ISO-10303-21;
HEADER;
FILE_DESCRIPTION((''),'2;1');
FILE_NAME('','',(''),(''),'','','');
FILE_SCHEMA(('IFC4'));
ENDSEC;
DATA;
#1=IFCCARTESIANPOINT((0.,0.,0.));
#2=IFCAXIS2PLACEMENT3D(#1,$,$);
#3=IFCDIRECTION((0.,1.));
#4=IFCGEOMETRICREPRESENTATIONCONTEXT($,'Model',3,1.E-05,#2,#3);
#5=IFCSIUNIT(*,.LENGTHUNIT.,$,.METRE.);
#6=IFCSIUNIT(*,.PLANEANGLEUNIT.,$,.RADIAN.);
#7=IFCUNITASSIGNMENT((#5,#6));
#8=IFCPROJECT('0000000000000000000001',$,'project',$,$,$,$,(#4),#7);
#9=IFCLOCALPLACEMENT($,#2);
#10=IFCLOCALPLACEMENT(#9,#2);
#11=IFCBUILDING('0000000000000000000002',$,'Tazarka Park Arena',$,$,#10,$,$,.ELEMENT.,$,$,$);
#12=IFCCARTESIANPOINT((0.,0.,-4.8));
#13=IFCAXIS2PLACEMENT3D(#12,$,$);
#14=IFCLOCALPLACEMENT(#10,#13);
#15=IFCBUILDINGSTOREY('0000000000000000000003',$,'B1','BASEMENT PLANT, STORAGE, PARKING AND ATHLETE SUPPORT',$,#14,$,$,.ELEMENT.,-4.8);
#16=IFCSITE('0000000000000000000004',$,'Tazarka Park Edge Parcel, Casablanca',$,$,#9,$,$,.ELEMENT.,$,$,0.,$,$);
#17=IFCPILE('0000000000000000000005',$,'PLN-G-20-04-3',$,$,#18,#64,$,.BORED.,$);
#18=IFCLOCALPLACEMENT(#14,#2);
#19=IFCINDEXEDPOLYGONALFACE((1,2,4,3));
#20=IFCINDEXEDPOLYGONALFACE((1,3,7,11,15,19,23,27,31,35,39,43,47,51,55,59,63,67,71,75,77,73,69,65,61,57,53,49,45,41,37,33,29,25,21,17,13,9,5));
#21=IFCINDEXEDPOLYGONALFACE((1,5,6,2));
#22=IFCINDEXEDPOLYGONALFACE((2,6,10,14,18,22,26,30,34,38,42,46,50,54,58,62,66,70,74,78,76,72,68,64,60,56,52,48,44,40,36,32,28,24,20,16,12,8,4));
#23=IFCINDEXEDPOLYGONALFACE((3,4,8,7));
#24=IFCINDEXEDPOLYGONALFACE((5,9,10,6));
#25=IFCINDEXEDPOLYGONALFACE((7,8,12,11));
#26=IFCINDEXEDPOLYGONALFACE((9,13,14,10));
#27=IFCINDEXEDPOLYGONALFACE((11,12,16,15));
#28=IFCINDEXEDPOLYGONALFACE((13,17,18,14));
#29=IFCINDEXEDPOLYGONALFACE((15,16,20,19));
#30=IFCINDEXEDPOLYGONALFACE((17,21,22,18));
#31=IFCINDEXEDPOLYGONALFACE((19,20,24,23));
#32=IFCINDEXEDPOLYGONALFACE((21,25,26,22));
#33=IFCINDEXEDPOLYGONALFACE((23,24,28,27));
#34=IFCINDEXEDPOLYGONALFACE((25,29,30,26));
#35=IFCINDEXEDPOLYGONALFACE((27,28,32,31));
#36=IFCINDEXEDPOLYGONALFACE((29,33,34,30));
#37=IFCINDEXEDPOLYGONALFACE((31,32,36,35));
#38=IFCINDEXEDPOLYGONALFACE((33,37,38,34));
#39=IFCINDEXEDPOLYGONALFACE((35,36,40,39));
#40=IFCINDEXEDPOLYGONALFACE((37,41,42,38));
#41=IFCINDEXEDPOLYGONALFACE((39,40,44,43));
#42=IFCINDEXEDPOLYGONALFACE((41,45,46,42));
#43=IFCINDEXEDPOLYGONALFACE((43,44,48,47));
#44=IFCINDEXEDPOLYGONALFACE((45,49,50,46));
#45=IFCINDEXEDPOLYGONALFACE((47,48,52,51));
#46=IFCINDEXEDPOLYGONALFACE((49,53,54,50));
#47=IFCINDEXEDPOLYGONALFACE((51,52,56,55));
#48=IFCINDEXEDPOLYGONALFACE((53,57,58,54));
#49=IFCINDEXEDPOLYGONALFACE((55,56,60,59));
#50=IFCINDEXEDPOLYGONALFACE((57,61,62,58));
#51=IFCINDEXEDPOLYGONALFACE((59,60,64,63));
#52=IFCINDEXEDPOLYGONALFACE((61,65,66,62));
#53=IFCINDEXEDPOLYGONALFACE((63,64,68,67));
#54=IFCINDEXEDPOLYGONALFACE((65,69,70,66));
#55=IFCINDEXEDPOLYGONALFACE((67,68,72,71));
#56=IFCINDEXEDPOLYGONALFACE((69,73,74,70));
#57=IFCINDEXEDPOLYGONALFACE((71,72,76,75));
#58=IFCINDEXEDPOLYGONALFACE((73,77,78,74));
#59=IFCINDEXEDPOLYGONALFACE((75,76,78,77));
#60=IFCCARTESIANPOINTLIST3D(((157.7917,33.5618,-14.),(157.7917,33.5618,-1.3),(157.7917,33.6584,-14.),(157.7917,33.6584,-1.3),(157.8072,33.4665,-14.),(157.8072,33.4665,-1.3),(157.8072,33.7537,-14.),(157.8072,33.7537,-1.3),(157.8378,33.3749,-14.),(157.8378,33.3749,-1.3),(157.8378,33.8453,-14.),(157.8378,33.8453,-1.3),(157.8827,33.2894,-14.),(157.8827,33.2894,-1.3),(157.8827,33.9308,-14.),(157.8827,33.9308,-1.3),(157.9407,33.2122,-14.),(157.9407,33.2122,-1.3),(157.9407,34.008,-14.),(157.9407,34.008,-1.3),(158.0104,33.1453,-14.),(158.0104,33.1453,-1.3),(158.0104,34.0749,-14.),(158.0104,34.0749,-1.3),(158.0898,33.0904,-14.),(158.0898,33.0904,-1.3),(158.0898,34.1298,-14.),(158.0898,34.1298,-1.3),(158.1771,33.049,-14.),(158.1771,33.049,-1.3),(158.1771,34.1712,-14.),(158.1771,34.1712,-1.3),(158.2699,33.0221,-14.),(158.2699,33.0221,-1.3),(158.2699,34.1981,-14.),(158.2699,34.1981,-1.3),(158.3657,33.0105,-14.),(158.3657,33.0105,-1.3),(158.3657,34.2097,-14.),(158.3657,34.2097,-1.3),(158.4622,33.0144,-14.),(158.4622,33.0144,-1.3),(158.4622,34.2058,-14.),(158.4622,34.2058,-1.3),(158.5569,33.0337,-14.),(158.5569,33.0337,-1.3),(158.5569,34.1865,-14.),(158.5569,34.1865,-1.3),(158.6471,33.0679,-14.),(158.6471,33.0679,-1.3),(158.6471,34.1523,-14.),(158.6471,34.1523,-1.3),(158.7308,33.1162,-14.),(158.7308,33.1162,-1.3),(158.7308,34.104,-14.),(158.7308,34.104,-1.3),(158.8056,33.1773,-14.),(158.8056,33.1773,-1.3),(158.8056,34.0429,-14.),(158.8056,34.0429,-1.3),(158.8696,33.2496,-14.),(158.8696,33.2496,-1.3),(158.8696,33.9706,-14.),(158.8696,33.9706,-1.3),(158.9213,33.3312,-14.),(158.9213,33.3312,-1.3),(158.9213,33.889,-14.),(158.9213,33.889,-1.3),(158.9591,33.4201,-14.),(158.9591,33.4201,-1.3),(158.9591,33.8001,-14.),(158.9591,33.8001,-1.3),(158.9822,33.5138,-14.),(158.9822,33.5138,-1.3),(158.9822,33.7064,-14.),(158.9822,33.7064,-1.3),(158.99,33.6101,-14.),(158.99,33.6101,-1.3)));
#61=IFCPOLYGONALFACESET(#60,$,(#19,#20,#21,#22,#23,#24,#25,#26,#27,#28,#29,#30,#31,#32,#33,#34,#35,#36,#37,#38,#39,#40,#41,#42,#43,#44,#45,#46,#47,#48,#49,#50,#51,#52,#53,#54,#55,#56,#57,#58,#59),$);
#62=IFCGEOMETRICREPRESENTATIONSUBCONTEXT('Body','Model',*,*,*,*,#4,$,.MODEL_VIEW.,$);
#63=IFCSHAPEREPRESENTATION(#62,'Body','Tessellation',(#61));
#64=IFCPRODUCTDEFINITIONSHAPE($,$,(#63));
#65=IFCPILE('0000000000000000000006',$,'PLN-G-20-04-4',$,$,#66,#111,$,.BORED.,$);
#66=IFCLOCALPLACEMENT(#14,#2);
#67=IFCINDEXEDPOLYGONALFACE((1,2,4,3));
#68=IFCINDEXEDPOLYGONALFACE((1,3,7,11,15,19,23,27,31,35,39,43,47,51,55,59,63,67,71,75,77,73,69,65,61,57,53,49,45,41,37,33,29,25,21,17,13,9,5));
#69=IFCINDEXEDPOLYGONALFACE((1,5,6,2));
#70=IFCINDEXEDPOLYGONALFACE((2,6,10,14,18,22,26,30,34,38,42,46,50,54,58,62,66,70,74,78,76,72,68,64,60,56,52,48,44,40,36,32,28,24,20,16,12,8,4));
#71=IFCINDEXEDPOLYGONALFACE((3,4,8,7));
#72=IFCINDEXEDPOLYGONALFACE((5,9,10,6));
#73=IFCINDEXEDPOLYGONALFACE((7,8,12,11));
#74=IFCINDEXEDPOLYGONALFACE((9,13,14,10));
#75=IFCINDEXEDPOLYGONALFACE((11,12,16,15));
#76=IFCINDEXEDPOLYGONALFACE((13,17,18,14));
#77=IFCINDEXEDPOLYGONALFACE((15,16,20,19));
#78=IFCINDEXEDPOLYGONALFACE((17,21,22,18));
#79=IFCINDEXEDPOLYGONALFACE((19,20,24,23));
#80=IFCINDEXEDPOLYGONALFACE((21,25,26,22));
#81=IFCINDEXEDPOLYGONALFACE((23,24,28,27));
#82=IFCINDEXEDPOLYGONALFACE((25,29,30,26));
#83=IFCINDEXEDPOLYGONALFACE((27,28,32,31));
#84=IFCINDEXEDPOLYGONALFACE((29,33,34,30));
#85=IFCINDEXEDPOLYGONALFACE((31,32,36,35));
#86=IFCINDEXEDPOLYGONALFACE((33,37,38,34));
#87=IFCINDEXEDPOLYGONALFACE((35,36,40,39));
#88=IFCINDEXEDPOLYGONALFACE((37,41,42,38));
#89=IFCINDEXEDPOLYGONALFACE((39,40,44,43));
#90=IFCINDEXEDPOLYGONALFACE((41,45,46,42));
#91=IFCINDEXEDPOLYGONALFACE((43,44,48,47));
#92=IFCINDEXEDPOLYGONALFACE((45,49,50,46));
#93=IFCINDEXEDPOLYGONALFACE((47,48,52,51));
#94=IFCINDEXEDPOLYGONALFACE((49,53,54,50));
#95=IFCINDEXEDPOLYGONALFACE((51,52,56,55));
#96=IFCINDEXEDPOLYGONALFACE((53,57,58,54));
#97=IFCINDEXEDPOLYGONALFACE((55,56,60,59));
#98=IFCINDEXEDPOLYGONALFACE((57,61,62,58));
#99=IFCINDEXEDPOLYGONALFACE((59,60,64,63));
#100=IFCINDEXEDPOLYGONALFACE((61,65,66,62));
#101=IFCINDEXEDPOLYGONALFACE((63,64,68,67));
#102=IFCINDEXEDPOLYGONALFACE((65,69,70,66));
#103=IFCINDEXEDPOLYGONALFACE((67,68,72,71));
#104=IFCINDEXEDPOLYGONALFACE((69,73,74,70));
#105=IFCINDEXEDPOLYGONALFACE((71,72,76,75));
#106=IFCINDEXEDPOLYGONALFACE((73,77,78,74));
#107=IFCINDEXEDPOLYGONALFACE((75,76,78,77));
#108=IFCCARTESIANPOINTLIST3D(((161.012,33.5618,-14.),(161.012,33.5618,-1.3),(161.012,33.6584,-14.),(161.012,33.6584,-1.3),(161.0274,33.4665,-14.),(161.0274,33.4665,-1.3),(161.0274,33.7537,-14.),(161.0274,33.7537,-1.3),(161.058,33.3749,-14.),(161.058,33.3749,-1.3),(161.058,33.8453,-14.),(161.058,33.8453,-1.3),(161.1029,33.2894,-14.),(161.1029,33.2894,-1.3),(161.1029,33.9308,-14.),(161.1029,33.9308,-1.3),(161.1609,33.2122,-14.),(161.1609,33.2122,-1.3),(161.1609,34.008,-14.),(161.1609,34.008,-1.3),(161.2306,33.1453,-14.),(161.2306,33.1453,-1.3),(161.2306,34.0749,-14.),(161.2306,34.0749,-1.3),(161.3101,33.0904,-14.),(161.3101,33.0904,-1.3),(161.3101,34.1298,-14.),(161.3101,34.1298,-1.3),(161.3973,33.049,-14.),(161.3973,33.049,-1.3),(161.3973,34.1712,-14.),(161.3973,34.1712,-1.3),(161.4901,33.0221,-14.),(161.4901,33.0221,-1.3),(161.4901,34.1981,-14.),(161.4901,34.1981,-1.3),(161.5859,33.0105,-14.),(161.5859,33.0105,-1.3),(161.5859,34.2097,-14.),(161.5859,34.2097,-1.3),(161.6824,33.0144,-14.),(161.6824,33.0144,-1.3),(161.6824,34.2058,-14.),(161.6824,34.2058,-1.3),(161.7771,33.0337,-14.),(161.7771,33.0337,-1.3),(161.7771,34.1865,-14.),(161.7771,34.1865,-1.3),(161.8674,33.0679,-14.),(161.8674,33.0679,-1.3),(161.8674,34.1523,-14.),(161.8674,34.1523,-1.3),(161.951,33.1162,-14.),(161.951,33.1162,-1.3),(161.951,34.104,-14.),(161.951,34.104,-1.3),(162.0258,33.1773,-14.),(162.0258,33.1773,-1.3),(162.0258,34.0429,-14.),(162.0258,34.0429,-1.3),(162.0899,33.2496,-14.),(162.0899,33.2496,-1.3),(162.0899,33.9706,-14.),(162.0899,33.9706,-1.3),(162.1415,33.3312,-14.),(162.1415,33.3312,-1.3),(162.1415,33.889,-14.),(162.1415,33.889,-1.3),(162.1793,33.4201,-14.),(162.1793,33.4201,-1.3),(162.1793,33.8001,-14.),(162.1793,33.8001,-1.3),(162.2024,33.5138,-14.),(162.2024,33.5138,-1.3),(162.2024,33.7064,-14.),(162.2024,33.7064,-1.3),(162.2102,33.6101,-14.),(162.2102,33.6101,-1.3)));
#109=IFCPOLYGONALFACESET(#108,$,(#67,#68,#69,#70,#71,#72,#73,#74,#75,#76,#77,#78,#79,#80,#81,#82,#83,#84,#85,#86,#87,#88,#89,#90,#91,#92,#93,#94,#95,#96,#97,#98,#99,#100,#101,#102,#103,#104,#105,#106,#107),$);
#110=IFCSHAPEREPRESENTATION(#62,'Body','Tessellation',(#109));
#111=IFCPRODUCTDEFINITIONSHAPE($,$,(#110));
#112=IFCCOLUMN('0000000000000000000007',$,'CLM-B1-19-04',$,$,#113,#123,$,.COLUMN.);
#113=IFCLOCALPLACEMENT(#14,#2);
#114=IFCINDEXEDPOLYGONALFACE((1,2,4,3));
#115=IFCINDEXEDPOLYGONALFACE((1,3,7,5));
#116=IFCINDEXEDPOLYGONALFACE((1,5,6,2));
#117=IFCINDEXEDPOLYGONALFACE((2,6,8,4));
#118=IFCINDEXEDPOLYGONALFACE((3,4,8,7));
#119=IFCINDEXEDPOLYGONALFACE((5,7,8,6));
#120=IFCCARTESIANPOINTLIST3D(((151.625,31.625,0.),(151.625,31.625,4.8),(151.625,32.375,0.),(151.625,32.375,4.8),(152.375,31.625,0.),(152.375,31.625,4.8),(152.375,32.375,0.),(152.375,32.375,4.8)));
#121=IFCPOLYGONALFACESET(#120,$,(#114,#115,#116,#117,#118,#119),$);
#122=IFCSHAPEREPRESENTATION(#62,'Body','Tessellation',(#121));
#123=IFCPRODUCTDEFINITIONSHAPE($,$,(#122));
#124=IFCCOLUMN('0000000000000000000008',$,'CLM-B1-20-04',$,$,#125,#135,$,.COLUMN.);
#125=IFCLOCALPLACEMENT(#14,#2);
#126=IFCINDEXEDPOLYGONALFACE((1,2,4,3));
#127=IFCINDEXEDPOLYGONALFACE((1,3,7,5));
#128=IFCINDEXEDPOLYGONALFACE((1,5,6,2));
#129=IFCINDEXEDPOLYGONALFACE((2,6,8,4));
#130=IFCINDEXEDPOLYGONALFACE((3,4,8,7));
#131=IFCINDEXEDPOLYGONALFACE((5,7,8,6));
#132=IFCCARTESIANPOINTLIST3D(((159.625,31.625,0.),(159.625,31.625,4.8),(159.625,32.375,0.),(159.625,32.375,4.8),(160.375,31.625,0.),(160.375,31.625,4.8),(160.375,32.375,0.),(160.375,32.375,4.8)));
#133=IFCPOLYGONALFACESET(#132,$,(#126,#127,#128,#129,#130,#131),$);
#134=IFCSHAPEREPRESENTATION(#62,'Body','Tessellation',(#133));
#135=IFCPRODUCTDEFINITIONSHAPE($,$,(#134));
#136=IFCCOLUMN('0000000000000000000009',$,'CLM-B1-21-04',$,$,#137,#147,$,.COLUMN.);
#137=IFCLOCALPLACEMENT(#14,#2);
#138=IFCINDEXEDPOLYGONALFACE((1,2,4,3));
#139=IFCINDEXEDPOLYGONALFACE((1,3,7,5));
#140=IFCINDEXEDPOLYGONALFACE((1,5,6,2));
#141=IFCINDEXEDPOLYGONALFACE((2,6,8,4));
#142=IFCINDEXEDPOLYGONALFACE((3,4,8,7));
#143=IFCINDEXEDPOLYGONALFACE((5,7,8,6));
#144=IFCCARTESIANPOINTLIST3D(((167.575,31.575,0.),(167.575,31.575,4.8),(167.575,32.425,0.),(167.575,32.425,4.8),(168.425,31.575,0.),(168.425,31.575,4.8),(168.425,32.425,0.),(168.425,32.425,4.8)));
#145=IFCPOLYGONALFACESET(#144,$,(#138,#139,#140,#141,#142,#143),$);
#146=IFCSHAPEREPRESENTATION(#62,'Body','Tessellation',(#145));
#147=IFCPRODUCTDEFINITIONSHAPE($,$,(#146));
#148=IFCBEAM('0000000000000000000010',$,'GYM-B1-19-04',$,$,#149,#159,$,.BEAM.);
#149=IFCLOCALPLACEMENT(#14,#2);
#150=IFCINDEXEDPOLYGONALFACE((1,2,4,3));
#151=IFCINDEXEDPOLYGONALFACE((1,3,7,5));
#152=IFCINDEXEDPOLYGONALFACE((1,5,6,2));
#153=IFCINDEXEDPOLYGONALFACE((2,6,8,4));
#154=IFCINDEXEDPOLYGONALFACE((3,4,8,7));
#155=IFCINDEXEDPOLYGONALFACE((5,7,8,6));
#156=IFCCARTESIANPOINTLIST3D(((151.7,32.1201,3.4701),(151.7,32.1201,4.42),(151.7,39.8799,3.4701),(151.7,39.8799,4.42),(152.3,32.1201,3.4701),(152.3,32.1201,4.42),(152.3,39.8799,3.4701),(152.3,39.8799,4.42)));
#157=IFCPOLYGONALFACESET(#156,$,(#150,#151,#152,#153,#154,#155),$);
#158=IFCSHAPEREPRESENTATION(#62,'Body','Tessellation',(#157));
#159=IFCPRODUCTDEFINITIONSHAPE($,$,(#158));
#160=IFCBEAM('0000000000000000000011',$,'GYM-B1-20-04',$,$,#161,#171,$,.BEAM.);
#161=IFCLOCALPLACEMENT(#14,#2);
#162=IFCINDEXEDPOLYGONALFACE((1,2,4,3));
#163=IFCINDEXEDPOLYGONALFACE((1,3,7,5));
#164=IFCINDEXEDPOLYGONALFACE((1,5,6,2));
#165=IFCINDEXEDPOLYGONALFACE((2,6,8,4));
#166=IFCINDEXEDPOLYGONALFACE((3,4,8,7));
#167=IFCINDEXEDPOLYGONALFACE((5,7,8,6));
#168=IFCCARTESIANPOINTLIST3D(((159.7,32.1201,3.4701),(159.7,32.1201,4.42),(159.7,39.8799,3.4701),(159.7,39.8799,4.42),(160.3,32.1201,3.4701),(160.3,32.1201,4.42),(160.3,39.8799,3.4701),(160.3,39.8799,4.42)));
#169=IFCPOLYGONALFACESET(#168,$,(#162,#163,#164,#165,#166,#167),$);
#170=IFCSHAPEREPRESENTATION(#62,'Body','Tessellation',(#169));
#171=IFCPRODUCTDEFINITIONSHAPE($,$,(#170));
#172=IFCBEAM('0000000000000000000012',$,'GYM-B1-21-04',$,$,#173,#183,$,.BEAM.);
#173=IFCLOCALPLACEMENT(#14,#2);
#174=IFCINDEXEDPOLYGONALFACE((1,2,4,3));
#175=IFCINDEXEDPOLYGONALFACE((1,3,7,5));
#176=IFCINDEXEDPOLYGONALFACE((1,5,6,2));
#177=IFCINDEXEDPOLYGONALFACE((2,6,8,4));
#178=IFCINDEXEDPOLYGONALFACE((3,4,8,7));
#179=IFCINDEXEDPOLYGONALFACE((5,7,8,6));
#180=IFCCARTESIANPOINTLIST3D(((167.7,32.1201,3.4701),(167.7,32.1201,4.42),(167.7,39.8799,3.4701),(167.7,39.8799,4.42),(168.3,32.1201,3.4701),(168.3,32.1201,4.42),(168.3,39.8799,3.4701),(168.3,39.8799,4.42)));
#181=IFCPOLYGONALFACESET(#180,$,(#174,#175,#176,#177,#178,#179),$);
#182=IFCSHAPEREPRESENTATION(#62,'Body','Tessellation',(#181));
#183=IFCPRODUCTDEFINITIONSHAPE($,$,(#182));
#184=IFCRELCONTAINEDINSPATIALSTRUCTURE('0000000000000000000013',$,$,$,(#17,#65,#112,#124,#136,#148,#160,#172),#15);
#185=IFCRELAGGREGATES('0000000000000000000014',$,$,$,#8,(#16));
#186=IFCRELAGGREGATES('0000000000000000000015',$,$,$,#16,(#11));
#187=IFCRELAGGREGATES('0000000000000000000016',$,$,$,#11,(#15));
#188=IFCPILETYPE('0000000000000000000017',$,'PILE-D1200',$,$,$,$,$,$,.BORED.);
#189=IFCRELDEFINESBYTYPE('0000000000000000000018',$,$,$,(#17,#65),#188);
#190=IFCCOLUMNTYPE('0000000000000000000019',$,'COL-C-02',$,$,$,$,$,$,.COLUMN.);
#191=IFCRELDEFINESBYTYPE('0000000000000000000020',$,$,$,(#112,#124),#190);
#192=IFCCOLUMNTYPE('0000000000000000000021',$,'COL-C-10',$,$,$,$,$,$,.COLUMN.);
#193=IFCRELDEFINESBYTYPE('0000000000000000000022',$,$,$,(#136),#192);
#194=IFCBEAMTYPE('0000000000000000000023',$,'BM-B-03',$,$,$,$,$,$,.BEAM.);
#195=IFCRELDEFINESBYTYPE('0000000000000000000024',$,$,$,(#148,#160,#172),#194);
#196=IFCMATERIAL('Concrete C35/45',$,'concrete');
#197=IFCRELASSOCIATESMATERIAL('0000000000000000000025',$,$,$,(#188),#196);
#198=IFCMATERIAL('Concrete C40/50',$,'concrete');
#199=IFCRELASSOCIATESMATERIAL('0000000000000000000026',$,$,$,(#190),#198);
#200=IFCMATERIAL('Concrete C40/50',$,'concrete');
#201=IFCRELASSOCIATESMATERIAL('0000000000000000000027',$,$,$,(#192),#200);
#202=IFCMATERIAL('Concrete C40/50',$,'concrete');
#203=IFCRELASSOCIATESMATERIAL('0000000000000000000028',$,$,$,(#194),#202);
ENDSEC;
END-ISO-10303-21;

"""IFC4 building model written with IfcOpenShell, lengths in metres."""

from ifc_helpers import new_model, si_unit, direction, frame, origin, origin_2d, place, context, subcontext, project, spatial, rectangle, circle, extrude, material, material_profile, profile_set, type_object, element, save


model = new_model("IFC4")

# Units and contexts
model_context = context("Model", 3, precision=1e-05, world=origin(), true_north=direction((0.0, 1.0)))
body_context = subcontext(model_context, "Body", "Model", "MODEL_VIEW")
ifc_project = project(units=[si_unit("LENGTHUNIT", "METRE"), si_unit("PLANEANGLEUNIT", "RADIAN")], contexts=[model_context])

# Site, building, storey
site_placement = place(None, origin())
site = spatial("IfcSite", under=ifc_project, at=site_placement, Name="Tazarka Park Edge Parcel, Casablanca", CompositionType="ELEMENT", RefElevation=0.0)
building_placement = place(site_placement, origin())
building = spatial("IfcBuilding", under=site, at=building_placement, Name="Tazarka Park Arena", CompositionType="ELEMENT")
storey_placement = place(building_placement, frame((0.0, 0.0, -4.8)))
storey = spatial("IfcBuildingStorey", under=building, at=storey_placement, Name="B1", Description="BASEMENT PLANT, STORAGE, PARKING AND ATHLETE SUPPORT", CompositionType="ELEMENT", Elevation=-4.8)

# Piles
ifc_material_1 = material(Name="Concrete C35/45", Category="concrete")
ifc_material_profile_1 = material_profile(ifc_material_1, circle(Radius=0.6001, at=origin_2d()), Name="Concrete C35/45")
ifc_profile_set_1 = profile_set([ifc_material_profile_1], Name="Concrete C35/45")
pile_type = type_object("IfcPileType", Name="PILE-D1200", PredefinedType="BORED", material=ifc_profile_set_1)
for number, where, z_axis, x_axis, name in (
    (1, (158.3899, 33.6101, -1.3), (0.0, 0.0, -1.0), (1.0, 0.0, 0.0), "PLN-G-20-04-3"),
    (2, (161.6101, 33.6101, -1.3), (0.0, 0.0, -1.0), (1.0, 0.0, 0.0), "PLN-G-20-04-4"),
):
    element("IfcPile", number, at=place(storey_placement, frame(where, z_axis=z_axis, x_axis=x_axis)), inside=storey, type_object=pile_type, Name=name, PredefinedType="BORED", context=body_context, shape_type="SweptSolid", body=[
        extrude(circle(Radius=0.6001, at=origin_2d()), origin(), (0.0, 0.0, 1.0), 12.7),
    ])

# Columns
ifc_material_2 = material(Name="Concrete C40/50", Category="concrete")
ifc_material_profile_2 = material_profile(ifc_material_2, rectangle(XDim=0.75, YDim=0.75, at=origin_2d()), Name="Concrete C40/50")
ifc_profile_set_2 = profile_set([ifc_material_profile_2], Name="Concrete C40/50")
column_type_1 = type_object("IfcColumnType", Name="COL-C-02", PredefinedType="COLUMN", material=ifc_profile_set_2)
for number, where, z_axis, x_axis, name in (
    (3, (152.0, 32.0, 0.0), (0.0, 0.0, 1.0), (1.0, 0.0, 0.0), "CLM-B1-19-04"),
    (4, (160.0, 32.0, 0.0), (0.0, 0.0, 1.0), (1.0, 0.0, 0.0), "CLM-B1-20-04"),
):
    element("IfcColumn", number, at=place(storey_placement, frame(where, z_axis=z_axis, x_axis=x_axis)), inside=storey, type_object=column_type_1, Name=name, PredefinedType="COLUMN", context=body_context, shape_type="SweptSolid", body=[
        extrude(rectangle(XDim=0.75, YDim=0.75, at=origin_2d()), origin(), (0.0, 0.0, 1.0), 4.8),
    ])
ifc_material_3 = material(Name="Concrete C40/50", Category="concrete")
ifc_material_profile_3 = material_profile(ifc_material_3, rectangle(XDim=0.8501, YDim=0.8501, at=origin_2d()), Name="Concrete C40/50")
ifc_profile_set_3 = profile_set([ifc_material_profile_3], Name="Concrete C40/50")
column_type_2 = type_object("IfcColumnType", Name="COL-C-10", PredefinedType="COLUMN", material=ifc_profile_set_3)
column_placement = place(storey_placement, frame((168.0, 32.0, 0.0), z_axis=(0.0, 0.0, 1.0), x_axis=(1.0, 0.0, 0.0)))
element("IfcColumn", 5, at=column_placement, inside=storey, type_object=column_type_2, Name="CLM-B1-21-04", PredefinedType="COLUMN", context=body_context, shape_type="SweptSolid", body=[
    extrude(rectangle(XDim=0.8501, YDim=0.8501, at=origin_2d()), origin(), (0.0, 0.0, 1.0), 4.8),
])

# Beams
ifc_material_4 = material(Name="Concrete C40/50", Category="concrete")
ifc_material_profile_4 = material_profile(ifc_material_4, rectangle(XDim=0.6001, YDim=0.95, at=origin_2d()), Name="Concrete C40/50")
ifc_profile_set_4 = profile_set([ifc_material_profile_4], Name="Concrete C40/50")
beam_type_1 = type_object("IfcBeamType", Name="BM-B-03", PredefinedType="BEAM", material=ifc_profile_set_4)
for number, where, z_axis, x_axis, name in (
    (6, (152.0, 32.1201, 3.9451), (0.0, 1.0, 0.0), (-1.0, 0.0, 0.0), "GYM-B1-19-04"),
    (7, (160.0, 32.1201, 3.9451), (0.0, 1.0, 0.0), (-1.0, 0.0, 0.0), "GYM-B1-20-04"),
    (8, (168.0, 32.1201, 3.9451), (0.0, 1.0, 0.0), (-1.0, 0.0, 0.0), "GYM-B1-21-04"),
):
    element("IfcBeam", number, at=place(storey_placement, frame(where, z_axis=z_axis, x_axis=x_axis)), inside=storey, type_object=beam_type_1, Name=name, PredefinedType="BEAM", context=body_context, shape_type="SweptSolid", body=[
        extrude(rectangle(XDim=0.6001, YDim=0.95, at=origin_2d()), origin(), (0.0, 0.0, 1.0), 7.7598),
    ])

save(model, "model.ifc")
